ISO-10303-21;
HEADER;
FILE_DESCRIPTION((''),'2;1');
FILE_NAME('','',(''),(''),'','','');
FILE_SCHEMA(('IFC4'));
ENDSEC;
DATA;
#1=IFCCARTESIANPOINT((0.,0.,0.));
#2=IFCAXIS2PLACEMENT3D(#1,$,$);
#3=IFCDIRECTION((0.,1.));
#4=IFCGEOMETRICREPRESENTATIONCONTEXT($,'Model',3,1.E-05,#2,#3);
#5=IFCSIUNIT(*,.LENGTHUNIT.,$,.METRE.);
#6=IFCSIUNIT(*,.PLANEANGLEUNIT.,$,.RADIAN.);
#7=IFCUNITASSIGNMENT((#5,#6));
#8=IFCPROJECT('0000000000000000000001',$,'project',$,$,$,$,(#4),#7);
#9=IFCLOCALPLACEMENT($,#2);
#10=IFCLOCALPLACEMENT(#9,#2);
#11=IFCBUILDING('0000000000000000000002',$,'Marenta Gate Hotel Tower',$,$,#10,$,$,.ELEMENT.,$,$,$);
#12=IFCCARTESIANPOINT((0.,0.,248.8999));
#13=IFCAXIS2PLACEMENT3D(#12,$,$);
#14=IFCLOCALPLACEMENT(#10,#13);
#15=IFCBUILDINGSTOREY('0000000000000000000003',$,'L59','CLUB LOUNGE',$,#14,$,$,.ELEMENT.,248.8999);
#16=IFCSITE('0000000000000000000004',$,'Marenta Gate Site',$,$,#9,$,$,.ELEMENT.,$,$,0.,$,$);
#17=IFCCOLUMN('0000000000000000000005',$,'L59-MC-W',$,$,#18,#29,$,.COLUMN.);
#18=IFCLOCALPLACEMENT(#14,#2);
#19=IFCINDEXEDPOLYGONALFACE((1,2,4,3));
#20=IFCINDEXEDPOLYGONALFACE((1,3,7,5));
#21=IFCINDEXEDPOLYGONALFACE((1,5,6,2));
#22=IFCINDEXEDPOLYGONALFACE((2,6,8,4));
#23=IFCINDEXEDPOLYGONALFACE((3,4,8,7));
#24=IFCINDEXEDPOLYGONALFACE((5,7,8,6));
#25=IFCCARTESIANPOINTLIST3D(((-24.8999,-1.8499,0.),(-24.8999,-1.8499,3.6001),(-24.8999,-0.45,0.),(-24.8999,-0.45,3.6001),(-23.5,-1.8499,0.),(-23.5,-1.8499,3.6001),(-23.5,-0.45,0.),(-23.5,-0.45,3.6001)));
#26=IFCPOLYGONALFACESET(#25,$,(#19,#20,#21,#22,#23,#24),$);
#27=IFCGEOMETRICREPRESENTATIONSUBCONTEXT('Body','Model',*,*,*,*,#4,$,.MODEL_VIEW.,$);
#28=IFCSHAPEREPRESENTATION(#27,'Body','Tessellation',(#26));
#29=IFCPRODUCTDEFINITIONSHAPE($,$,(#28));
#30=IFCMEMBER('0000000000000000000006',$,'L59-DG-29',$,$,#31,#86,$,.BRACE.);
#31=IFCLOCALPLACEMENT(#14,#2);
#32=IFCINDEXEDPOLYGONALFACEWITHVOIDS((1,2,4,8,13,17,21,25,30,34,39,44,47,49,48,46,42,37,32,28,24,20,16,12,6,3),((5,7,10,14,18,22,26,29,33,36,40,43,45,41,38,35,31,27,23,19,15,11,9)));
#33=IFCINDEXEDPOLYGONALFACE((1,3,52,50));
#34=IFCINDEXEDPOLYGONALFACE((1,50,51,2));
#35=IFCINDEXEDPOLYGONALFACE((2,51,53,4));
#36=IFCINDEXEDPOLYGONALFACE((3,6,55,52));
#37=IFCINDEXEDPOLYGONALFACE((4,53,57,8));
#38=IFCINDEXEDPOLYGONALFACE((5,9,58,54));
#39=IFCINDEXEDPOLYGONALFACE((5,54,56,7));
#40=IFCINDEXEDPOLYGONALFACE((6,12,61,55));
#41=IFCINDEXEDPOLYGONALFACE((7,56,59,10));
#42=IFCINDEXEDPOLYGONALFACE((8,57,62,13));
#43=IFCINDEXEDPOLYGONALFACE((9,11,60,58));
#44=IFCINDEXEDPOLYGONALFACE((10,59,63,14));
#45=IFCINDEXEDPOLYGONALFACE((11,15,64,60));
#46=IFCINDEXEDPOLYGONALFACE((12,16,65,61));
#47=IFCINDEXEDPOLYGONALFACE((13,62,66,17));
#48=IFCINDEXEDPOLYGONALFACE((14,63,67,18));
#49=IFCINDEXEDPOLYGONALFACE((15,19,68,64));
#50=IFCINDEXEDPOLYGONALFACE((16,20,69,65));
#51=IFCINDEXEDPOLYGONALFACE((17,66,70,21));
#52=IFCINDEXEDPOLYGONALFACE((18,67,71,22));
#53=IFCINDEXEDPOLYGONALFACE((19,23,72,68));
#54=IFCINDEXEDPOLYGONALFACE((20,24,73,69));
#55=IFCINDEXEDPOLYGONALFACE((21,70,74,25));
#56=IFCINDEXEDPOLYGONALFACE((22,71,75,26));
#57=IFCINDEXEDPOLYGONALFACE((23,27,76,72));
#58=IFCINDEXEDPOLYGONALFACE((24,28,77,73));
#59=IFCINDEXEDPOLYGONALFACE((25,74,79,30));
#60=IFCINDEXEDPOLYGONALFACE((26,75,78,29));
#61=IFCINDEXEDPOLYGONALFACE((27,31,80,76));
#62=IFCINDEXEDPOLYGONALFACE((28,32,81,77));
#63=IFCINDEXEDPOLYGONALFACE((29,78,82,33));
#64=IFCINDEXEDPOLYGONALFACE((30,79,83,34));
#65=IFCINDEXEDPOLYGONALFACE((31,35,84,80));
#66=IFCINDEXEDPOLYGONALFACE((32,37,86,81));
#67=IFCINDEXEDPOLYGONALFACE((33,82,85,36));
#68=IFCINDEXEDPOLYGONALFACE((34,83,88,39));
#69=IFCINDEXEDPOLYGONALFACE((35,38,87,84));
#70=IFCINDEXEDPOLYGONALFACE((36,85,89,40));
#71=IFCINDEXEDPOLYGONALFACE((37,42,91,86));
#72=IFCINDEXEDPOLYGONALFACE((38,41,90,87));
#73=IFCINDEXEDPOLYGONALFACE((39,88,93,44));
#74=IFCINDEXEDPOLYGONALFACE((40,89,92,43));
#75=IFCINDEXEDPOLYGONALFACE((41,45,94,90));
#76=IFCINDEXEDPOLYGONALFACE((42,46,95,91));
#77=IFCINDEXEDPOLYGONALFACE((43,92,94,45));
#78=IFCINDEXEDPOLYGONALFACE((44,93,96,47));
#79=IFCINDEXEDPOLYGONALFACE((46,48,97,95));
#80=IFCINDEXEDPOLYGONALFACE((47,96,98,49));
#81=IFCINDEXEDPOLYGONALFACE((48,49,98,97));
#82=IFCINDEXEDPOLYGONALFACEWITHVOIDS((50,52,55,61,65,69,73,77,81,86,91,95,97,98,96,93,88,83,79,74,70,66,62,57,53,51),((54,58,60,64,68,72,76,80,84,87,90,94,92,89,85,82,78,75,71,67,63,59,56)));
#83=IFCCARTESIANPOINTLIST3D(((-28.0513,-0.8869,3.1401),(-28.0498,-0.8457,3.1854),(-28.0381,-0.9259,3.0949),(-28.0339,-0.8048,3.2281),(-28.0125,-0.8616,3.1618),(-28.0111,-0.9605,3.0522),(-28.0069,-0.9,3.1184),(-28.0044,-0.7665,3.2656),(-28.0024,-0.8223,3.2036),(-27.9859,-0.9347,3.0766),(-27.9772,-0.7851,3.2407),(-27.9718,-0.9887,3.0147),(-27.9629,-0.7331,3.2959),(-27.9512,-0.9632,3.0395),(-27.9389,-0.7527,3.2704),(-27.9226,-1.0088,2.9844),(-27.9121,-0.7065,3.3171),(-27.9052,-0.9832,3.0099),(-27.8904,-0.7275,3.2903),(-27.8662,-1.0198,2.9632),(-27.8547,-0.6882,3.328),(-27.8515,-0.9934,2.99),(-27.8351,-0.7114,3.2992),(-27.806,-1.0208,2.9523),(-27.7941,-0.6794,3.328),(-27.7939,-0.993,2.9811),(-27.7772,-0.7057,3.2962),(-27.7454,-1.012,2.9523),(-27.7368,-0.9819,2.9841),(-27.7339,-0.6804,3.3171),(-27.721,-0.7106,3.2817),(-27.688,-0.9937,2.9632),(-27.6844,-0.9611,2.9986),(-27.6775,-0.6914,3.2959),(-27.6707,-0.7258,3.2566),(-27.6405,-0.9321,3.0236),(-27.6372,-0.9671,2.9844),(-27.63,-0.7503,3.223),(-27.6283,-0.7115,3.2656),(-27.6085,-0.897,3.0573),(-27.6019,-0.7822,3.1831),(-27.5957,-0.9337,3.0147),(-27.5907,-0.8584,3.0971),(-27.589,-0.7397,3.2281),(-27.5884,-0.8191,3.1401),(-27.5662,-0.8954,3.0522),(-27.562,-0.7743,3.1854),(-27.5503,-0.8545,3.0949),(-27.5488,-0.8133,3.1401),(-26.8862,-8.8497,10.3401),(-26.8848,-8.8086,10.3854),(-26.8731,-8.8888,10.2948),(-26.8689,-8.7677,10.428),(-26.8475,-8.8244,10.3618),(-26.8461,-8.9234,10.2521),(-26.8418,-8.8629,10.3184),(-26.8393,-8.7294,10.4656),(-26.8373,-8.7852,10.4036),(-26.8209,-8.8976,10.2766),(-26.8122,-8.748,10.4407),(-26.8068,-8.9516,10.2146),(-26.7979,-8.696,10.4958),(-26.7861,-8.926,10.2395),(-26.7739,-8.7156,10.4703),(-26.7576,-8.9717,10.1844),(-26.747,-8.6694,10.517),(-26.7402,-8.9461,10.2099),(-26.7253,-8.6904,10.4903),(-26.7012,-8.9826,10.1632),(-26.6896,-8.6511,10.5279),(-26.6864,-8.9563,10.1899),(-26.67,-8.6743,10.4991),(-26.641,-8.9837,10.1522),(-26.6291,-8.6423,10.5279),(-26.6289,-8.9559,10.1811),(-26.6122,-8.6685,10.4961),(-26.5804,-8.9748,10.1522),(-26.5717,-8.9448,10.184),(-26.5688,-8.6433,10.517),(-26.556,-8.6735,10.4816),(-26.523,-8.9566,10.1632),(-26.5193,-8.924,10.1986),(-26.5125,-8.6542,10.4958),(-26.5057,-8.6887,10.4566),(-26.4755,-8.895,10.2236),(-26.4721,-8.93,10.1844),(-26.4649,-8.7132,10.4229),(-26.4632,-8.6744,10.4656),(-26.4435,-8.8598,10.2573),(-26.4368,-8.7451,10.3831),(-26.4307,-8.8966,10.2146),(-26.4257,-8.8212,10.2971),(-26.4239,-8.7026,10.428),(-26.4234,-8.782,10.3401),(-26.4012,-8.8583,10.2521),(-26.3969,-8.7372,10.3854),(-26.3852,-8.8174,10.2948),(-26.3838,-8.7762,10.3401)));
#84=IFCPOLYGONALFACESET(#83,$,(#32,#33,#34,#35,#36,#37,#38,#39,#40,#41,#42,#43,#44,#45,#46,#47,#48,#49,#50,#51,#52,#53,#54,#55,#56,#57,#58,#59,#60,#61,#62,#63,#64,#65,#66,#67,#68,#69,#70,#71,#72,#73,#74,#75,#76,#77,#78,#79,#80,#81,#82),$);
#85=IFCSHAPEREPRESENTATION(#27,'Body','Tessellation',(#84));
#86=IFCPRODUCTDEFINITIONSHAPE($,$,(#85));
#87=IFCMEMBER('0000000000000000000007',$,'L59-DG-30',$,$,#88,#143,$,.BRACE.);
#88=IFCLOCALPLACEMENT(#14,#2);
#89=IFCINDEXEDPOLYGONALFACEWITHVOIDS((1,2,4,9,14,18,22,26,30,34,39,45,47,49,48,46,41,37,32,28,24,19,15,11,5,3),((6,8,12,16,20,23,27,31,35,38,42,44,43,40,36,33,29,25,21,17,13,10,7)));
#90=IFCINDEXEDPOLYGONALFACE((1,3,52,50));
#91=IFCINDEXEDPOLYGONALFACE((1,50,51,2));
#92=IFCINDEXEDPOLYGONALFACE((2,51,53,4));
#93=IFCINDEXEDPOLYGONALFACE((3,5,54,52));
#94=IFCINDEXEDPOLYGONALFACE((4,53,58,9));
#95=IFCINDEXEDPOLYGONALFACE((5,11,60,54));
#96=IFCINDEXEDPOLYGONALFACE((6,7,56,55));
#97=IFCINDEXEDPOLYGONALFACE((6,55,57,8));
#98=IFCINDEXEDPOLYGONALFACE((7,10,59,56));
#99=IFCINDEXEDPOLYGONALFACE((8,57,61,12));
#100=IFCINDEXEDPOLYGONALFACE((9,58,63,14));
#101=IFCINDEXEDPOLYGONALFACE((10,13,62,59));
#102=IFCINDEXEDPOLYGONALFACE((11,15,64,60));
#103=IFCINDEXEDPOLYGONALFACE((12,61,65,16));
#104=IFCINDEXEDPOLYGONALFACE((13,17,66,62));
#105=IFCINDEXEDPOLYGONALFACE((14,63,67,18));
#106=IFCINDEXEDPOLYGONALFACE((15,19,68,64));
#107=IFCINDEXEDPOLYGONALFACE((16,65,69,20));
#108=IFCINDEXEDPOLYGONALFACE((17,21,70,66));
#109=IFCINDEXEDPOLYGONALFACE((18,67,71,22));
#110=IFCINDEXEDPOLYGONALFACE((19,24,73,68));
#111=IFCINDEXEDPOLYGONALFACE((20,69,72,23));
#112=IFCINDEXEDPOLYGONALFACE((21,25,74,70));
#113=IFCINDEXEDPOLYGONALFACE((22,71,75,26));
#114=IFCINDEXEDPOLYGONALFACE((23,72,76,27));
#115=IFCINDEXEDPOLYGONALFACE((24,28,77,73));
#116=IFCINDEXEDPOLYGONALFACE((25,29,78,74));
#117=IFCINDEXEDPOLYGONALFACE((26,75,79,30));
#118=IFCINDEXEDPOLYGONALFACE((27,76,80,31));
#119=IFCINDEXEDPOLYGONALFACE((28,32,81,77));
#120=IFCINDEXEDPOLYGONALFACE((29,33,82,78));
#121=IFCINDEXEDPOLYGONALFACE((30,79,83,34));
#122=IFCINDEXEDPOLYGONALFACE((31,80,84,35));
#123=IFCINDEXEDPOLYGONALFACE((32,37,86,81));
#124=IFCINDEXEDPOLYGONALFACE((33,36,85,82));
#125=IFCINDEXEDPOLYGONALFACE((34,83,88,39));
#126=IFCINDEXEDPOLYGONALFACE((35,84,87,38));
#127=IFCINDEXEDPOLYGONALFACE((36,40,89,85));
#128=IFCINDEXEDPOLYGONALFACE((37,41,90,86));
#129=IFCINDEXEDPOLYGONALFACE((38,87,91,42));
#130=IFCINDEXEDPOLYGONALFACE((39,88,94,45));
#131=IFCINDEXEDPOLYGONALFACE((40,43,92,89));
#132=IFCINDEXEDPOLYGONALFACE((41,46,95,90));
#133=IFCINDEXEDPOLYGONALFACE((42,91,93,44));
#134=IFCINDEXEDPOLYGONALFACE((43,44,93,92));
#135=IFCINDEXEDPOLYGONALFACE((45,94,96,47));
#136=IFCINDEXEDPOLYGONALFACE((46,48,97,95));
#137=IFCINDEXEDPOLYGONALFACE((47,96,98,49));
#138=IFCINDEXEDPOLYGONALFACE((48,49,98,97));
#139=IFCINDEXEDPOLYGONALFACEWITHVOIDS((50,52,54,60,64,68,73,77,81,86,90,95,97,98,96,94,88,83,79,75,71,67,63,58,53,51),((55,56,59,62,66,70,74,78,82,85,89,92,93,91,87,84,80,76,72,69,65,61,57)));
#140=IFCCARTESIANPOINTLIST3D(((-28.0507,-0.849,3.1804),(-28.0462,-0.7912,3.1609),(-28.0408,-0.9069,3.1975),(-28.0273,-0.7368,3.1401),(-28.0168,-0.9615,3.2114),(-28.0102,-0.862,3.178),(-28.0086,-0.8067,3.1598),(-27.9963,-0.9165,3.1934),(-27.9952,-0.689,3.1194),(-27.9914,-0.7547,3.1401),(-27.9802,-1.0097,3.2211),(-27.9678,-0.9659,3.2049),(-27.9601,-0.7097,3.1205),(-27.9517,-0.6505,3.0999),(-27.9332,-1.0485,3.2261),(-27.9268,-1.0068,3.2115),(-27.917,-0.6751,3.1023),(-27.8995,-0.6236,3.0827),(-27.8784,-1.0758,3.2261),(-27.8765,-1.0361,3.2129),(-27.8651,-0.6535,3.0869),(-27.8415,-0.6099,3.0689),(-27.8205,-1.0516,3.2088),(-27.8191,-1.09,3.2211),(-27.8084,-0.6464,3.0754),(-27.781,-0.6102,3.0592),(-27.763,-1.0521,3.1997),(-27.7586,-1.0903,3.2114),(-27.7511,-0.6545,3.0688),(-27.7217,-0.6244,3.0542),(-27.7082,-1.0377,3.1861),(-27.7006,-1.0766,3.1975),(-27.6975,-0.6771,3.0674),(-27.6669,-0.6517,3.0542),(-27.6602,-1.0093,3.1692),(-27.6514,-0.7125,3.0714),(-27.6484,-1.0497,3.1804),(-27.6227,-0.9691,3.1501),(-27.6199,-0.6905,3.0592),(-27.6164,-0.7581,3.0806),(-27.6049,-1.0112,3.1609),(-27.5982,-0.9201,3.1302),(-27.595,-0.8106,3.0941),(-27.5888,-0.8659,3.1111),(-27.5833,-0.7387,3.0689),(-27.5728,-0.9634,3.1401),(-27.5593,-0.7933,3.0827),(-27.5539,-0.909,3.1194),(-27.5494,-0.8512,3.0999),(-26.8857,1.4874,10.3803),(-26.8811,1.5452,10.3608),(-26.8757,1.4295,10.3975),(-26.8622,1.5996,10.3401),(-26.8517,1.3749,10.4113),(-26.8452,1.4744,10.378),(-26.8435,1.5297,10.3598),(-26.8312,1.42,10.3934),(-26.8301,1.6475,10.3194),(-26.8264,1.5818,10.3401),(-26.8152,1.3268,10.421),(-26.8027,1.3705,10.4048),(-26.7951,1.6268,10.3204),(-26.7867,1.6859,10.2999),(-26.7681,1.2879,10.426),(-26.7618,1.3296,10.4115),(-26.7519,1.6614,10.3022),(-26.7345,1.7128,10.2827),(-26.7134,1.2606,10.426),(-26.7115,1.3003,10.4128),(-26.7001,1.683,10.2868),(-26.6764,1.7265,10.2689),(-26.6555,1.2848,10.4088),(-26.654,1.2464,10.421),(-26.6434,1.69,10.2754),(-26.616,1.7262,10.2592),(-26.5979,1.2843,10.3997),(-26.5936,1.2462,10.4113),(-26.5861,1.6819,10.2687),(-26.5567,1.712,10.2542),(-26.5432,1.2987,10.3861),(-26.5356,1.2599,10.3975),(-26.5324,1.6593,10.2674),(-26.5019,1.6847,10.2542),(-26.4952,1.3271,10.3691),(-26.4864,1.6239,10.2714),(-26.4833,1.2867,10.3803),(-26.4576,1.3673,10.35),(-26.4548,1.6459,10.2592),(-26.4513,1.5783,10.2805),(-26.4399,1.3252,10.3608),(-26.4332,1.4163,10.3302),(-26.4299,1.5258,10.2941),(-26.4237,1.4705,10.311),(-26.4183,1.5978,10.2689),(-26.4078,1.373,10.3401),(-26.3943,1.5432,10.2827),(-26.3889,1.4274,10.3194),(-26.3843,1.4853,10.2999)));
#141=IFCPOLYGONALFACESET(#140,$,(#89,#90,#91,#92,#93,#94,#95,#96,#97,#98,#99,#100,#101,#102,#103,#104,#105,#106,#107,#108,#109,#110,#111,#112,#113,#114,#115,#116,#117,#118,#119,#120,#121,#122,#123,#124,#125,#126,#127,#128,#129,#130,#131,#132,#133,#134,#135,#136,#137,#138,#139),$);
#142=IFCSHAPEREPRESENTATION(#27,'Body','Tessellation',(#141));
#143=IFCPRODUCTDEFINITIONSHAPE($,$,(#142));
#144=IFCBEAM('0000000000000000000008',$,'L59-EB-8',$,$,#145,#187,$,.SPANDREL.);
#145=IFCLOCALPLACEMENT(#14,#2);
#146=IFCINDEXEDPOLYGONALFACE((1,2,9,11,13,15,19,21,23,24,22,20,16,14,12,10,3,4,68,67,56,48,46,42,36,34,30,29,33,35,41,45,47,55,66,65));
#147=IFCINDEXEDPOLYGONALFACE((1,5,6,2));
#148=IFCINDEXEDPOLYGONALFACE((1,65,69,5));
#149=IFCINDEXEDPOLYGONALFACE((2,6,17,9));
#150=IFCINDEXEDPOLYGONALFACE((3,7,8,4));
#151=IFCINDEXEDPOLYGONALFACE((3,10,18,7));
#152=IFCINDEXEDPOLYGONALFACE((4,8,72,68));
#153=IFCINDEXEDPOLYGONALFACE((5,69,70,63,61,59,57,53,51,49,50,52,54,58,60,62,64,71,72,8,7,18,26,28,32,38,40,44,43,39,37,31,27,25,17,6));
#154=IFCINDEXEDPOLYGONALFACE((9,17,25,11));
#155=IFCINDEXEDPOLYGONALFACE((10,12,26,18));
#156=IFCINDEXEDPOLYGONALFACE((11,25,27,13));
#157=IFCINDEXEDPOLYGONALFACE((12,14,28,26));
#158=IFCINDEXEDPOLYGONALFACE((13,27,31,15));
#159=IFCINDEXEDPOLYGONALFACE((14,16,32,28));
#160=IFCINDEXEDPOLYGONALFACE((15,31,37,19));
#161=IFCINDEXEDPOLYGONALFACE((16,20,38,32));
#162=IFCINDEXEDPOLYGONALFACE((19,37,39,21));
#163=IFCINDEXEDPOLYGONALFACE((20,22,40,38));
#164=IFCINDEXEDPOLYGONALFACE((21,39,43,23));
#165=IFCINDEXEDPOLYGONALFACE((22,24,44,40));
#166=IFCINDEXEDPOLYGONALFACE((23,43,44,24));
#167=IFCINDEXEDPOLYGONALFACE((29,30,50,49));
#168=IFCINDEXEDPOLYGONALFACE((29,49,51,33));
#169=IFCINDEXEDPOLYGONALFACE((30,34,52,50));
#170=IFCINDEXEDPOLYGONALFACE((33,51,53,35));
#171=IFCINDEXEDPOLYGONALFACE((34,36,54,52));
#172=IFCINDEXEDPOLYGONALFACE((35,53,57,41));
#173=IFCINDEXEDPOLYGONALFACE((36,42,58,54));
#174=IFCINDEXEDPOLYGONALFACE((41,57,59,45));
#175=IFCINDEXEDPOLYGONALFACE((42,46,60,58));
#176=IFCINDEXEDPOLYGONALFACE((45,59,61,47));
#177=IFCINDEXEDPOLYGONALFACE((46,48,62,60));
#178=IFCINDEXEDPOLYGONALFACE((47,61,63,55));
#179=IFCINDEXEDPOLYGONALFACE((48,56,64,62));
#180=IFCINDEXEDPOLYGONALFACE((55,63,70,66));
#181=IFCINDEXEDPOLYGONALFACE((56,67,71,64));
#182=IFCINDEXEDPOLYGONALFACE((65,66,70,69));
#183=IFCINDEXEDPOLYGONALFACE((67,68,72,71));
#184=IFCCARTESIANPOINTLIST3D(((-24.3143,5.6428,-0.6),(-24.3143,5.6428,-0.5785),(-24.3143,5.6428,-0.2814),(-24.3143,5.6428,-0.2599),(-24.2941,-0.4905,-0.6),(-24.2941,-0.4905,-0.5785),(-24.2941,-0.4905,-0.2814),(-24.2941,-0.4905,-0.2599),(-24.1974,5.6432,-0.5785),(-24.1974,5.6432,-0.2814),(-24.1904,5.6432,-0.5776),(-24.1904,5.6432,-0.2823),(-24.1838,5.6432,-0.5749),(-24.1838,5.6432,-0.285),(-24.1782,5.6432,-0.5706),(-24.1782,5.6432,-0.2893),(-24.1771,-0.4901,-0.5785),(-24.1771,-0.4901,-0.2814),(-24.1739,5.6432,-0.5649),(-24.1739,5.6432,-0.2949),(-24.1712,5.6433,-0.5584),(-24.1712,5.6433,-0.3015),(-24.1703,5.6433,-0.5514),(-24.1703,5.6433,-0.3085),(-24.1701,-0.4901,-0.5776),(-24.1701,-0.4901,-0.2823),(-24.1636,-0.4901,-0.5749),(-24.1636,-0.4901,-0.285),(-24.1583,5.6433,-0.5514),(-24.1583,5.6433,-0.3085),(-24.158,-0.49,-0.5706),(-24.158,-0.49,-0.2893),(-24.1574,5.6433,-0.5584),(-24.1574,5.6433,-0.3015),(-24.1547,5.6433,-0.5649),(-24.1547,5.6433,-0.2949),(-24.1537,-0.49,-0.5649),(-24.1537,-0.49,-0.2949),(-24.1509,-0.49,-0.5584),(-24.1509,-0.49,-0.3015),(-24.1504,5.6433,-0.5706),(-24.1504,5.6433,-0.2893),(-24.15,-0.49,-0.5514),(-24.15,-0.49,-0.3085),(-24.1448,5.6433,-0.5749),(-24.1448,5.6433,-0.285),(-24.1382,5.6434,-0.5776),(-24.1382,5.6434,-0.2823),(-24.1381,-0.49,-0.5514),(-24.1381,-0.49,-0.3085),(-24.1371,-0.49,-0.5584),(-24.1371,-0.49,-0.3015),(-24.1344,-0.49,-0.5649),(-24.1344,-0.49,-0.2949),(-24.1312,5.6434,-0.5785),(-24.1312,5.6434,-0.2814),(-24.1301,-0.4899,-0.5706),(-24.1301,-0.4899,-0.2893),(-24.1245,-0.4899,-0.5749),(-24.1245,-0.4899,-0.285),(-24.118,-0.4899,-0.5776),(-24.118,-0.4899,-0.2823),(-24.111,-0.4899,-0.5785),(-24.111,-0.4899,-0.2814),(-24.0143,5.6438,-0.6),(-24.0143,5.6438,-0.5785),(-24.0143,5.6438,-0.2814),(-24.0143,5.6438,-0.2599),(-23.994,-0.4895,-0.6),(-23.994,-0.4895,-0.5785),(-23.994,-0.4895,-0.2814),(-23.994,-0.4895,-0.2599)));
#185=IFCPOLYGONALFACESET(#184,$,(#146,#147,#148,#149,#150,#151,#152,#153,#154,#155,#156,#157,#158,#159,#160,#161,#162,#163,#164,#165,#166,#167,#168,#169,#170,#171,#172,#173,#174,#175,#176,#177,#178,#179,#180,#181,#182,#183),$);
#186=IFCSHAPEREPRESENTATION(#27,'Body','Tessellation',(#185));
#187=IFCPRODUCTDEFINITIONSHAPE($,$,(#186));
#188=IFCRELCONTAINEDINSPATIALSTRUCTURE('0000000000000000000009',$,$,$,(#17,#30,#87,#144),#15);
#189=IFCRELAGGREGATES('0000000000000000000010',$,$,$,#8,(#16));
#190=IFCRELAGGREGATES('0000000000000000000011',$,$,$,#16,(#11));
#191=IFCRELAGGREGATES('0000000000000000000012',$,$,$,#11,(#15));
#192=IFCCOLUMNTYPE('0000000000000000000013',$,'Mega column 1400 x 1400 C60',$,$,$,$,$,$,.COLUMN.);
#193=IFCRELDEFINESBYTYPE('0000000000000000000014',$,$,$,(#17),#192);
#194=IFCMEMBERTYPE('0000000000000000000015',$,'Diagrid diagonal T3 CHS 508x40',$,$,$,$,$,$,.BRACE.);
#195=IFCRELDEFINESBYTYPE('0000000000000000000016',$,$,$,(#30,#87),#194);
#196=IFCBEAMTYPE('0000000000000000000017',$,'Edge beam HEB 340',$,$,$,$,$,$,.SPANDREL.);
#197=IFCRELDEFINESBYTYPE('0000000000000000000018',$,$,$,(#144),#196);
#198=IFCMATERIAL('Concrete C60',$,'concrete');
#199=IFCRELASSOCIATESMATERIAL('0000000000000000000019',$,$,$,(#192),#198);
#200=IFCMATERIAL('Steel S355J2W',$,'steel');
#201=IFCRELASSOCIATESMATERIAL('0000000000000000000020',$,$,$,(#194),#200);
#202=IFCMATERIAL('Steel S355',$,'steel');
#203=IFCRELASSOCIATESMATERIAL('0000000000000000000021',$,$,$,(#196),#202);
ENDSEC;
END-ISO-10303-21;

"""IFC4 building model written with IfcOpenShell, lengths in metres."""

from ifc_helpers import new_model, si_unit, direction, frame, origin, origin_2d, place, context, subcontext, project, spatial, rectangle, hollow_circle, i_section, extrude, material, material_profile, profile_set, type_object, element, save


model = new_model("IFC4")

# Units and contexts
model_context = context("Model", 3, precision=1e-05, world=origin(), true_north=direction((0.0, 1.0)))
body_context = subcontext(model_context, "Body", "Model", "MODEL_VIEW")
ifc_project = project(units=[si_unit("LENGTHUNIT", "METRE"), si_unit("PLANEANGLEUNIT", "RADIAN")], contexts=[model_context])

# Site, building, storey
site_placement = place(None, origin())
site = spatial("IfcSite", under=ifc_project, at=site_placement, Name="Marenta Gate Site", CompositionType="ELEMENT", RefElevation=0.0)
building_placement = place(site_placement, origin())
building = spatial("IfcBuilding", under=site, at=building_placement, Name="Marenta Gate Hotel Tower", CompositionType="ELEMENT")
storey_placement = place(building_placement, frame((0.0, 0.0, 248.8999)))
storey = spatial("IfcBuildingStorey", under=building, at=storey_placement, Name="L59", Description="CLUB LOUNGE", CompositionType="ELEMENT", Elevation=248.8999)

# Column
ifc_material_1 = material(Name="Concrete C60", Category="concrete")
ifc_material_profile_1 = material_profile(ifc_material_1, rectangle(XDim=1.3999, YDim=1.3999, at=origin_2d()), Name="1400 x 1400")
ifc_profile_set_1 = profile_set([ifc_material_profile_1], Name="Concrete C60")
column_type = type_object("IfcColumnType", Name="Mega column 1400 x 1400 C60", PredefinedType="COLUMN", material=ifc_profile_set_1)
column_placement = place(storey_placement, frame((-24.2, -1.1499, 0.0), z_axis=(0.0, 0.0, 1.0), x_axis=(1.0, 0.0, 0.0)))
element("IfcColumn", 1, at=column_placement, inside=storey, type_object=column_type, Name="L59-MC-W", PredefinedType="COLUMN", context=body_context, shape_type="SweptSolid", body=[
    extrude(rectangle(XDim=1.3999, YDim=1.3999, at=origin_2d()), origin(), (0.0, 0.0, 1.0), 3.6001),
])

# Members
ifc_material_2 = material(Name="Steel S355J2W", Category="steel")
ifc_material_profile_2 = material_profile(ifc_material_2, hollow_circle(Radius=0.2539, WallThickness=0.04, at=origin_2d()), Name="CHS 508x40")
ifc_profile_set_2 = profile_set([ifc_material_profile_2], Name="Steel S355J2W")
member_type_1 = type_object("IfcMemberType", Name="Diagrid diagonal T3 CHS 508x40", PredefinedType="BRACE", material=ifc_profile_set_2)
member_1_placement = place(storey_placement, frame((-27.8, -0.8501, 3.1401), z_axis=(0.107891, -0.737418, 0.666764), x_axis=(0.989466, 0.144767, 0.0)))
element("IfcMember", 2, at=member_1_placement, inside=storey, type_object=member_type_1, Name="L59-DG-29", PredefinedType="BRACE", context=body_context, shape_type="SweptSolid", body=[
    extrude(hollow_circle(Radius=0.2539, WallThickness=0.04, at=origin_2d()), origin(), (0.0, 0.0, 1.0), 10.7983),
])
member_2_placement = place(storey_placement, frame((-27.8, -0.8501, 3.1401), z_axis=(0.15212, 0.305069, 0.940102), x_axis=(-0.894913, 0.446241, 0.0)))
element("IfcMember", 3, at=member_2_placement, inside=storey, type_object=member_type_1, Name="L59-DG-30", PredefinedType="BRACE", context=body_context, shape_type="SweptSolid", body=[
    extrude(hollow_circle(Radius=0.2539, WallThickness=0.04, at=origin_2d()), origin(), (0.0, 0.0, 1.0), 7.6587),
])

# Beam
ifc_material_3 = material(Name="Steel S355", Category="steel")
ifc_material_profile_3 = material_profile(ifc_material_3, i_section(OverallWidth=0.3, OverallDepth=0.3401, WebThickness=0.012, FlangeThickness=0.0215, FilletRadius=0.0271, at=origin_2d()), Name="HEB 340")
ifc_profile_set_3 = profile_set([ifc_material_profile_3], Name="Steel S355")
beam_type = type_object("IfcBeamType", Name="Edge beam HEB 340", PredefinedType="SPANDREL", material=ifc_profile_set_3)
beam_placement = place(storey_placement, frame((-24.144, -0.49, -0.4299), z_axis=(-0.003304, 0.999995, 0.0), x_axis=(-0.999995, -0.003304, 0.0)))
element("IfcBeam", 4, at=beam_placement, inside=storey, type_object=beam_type, Name="L59-EB-8", PredefinedType="SPANDREL", context=body_context, shape_type="SweptSolid", body=[
    extrude(i_section(OverallWidth=0.3, OverallDepth=0.3401, WebThickness=0.012, FlangeThickness=0.0215, FilletRadius=0.0271, at=origin_2d()), origin(), (0.0, 0.0, 1.0), 6.1333),
])

save(model, "model.ifc")
